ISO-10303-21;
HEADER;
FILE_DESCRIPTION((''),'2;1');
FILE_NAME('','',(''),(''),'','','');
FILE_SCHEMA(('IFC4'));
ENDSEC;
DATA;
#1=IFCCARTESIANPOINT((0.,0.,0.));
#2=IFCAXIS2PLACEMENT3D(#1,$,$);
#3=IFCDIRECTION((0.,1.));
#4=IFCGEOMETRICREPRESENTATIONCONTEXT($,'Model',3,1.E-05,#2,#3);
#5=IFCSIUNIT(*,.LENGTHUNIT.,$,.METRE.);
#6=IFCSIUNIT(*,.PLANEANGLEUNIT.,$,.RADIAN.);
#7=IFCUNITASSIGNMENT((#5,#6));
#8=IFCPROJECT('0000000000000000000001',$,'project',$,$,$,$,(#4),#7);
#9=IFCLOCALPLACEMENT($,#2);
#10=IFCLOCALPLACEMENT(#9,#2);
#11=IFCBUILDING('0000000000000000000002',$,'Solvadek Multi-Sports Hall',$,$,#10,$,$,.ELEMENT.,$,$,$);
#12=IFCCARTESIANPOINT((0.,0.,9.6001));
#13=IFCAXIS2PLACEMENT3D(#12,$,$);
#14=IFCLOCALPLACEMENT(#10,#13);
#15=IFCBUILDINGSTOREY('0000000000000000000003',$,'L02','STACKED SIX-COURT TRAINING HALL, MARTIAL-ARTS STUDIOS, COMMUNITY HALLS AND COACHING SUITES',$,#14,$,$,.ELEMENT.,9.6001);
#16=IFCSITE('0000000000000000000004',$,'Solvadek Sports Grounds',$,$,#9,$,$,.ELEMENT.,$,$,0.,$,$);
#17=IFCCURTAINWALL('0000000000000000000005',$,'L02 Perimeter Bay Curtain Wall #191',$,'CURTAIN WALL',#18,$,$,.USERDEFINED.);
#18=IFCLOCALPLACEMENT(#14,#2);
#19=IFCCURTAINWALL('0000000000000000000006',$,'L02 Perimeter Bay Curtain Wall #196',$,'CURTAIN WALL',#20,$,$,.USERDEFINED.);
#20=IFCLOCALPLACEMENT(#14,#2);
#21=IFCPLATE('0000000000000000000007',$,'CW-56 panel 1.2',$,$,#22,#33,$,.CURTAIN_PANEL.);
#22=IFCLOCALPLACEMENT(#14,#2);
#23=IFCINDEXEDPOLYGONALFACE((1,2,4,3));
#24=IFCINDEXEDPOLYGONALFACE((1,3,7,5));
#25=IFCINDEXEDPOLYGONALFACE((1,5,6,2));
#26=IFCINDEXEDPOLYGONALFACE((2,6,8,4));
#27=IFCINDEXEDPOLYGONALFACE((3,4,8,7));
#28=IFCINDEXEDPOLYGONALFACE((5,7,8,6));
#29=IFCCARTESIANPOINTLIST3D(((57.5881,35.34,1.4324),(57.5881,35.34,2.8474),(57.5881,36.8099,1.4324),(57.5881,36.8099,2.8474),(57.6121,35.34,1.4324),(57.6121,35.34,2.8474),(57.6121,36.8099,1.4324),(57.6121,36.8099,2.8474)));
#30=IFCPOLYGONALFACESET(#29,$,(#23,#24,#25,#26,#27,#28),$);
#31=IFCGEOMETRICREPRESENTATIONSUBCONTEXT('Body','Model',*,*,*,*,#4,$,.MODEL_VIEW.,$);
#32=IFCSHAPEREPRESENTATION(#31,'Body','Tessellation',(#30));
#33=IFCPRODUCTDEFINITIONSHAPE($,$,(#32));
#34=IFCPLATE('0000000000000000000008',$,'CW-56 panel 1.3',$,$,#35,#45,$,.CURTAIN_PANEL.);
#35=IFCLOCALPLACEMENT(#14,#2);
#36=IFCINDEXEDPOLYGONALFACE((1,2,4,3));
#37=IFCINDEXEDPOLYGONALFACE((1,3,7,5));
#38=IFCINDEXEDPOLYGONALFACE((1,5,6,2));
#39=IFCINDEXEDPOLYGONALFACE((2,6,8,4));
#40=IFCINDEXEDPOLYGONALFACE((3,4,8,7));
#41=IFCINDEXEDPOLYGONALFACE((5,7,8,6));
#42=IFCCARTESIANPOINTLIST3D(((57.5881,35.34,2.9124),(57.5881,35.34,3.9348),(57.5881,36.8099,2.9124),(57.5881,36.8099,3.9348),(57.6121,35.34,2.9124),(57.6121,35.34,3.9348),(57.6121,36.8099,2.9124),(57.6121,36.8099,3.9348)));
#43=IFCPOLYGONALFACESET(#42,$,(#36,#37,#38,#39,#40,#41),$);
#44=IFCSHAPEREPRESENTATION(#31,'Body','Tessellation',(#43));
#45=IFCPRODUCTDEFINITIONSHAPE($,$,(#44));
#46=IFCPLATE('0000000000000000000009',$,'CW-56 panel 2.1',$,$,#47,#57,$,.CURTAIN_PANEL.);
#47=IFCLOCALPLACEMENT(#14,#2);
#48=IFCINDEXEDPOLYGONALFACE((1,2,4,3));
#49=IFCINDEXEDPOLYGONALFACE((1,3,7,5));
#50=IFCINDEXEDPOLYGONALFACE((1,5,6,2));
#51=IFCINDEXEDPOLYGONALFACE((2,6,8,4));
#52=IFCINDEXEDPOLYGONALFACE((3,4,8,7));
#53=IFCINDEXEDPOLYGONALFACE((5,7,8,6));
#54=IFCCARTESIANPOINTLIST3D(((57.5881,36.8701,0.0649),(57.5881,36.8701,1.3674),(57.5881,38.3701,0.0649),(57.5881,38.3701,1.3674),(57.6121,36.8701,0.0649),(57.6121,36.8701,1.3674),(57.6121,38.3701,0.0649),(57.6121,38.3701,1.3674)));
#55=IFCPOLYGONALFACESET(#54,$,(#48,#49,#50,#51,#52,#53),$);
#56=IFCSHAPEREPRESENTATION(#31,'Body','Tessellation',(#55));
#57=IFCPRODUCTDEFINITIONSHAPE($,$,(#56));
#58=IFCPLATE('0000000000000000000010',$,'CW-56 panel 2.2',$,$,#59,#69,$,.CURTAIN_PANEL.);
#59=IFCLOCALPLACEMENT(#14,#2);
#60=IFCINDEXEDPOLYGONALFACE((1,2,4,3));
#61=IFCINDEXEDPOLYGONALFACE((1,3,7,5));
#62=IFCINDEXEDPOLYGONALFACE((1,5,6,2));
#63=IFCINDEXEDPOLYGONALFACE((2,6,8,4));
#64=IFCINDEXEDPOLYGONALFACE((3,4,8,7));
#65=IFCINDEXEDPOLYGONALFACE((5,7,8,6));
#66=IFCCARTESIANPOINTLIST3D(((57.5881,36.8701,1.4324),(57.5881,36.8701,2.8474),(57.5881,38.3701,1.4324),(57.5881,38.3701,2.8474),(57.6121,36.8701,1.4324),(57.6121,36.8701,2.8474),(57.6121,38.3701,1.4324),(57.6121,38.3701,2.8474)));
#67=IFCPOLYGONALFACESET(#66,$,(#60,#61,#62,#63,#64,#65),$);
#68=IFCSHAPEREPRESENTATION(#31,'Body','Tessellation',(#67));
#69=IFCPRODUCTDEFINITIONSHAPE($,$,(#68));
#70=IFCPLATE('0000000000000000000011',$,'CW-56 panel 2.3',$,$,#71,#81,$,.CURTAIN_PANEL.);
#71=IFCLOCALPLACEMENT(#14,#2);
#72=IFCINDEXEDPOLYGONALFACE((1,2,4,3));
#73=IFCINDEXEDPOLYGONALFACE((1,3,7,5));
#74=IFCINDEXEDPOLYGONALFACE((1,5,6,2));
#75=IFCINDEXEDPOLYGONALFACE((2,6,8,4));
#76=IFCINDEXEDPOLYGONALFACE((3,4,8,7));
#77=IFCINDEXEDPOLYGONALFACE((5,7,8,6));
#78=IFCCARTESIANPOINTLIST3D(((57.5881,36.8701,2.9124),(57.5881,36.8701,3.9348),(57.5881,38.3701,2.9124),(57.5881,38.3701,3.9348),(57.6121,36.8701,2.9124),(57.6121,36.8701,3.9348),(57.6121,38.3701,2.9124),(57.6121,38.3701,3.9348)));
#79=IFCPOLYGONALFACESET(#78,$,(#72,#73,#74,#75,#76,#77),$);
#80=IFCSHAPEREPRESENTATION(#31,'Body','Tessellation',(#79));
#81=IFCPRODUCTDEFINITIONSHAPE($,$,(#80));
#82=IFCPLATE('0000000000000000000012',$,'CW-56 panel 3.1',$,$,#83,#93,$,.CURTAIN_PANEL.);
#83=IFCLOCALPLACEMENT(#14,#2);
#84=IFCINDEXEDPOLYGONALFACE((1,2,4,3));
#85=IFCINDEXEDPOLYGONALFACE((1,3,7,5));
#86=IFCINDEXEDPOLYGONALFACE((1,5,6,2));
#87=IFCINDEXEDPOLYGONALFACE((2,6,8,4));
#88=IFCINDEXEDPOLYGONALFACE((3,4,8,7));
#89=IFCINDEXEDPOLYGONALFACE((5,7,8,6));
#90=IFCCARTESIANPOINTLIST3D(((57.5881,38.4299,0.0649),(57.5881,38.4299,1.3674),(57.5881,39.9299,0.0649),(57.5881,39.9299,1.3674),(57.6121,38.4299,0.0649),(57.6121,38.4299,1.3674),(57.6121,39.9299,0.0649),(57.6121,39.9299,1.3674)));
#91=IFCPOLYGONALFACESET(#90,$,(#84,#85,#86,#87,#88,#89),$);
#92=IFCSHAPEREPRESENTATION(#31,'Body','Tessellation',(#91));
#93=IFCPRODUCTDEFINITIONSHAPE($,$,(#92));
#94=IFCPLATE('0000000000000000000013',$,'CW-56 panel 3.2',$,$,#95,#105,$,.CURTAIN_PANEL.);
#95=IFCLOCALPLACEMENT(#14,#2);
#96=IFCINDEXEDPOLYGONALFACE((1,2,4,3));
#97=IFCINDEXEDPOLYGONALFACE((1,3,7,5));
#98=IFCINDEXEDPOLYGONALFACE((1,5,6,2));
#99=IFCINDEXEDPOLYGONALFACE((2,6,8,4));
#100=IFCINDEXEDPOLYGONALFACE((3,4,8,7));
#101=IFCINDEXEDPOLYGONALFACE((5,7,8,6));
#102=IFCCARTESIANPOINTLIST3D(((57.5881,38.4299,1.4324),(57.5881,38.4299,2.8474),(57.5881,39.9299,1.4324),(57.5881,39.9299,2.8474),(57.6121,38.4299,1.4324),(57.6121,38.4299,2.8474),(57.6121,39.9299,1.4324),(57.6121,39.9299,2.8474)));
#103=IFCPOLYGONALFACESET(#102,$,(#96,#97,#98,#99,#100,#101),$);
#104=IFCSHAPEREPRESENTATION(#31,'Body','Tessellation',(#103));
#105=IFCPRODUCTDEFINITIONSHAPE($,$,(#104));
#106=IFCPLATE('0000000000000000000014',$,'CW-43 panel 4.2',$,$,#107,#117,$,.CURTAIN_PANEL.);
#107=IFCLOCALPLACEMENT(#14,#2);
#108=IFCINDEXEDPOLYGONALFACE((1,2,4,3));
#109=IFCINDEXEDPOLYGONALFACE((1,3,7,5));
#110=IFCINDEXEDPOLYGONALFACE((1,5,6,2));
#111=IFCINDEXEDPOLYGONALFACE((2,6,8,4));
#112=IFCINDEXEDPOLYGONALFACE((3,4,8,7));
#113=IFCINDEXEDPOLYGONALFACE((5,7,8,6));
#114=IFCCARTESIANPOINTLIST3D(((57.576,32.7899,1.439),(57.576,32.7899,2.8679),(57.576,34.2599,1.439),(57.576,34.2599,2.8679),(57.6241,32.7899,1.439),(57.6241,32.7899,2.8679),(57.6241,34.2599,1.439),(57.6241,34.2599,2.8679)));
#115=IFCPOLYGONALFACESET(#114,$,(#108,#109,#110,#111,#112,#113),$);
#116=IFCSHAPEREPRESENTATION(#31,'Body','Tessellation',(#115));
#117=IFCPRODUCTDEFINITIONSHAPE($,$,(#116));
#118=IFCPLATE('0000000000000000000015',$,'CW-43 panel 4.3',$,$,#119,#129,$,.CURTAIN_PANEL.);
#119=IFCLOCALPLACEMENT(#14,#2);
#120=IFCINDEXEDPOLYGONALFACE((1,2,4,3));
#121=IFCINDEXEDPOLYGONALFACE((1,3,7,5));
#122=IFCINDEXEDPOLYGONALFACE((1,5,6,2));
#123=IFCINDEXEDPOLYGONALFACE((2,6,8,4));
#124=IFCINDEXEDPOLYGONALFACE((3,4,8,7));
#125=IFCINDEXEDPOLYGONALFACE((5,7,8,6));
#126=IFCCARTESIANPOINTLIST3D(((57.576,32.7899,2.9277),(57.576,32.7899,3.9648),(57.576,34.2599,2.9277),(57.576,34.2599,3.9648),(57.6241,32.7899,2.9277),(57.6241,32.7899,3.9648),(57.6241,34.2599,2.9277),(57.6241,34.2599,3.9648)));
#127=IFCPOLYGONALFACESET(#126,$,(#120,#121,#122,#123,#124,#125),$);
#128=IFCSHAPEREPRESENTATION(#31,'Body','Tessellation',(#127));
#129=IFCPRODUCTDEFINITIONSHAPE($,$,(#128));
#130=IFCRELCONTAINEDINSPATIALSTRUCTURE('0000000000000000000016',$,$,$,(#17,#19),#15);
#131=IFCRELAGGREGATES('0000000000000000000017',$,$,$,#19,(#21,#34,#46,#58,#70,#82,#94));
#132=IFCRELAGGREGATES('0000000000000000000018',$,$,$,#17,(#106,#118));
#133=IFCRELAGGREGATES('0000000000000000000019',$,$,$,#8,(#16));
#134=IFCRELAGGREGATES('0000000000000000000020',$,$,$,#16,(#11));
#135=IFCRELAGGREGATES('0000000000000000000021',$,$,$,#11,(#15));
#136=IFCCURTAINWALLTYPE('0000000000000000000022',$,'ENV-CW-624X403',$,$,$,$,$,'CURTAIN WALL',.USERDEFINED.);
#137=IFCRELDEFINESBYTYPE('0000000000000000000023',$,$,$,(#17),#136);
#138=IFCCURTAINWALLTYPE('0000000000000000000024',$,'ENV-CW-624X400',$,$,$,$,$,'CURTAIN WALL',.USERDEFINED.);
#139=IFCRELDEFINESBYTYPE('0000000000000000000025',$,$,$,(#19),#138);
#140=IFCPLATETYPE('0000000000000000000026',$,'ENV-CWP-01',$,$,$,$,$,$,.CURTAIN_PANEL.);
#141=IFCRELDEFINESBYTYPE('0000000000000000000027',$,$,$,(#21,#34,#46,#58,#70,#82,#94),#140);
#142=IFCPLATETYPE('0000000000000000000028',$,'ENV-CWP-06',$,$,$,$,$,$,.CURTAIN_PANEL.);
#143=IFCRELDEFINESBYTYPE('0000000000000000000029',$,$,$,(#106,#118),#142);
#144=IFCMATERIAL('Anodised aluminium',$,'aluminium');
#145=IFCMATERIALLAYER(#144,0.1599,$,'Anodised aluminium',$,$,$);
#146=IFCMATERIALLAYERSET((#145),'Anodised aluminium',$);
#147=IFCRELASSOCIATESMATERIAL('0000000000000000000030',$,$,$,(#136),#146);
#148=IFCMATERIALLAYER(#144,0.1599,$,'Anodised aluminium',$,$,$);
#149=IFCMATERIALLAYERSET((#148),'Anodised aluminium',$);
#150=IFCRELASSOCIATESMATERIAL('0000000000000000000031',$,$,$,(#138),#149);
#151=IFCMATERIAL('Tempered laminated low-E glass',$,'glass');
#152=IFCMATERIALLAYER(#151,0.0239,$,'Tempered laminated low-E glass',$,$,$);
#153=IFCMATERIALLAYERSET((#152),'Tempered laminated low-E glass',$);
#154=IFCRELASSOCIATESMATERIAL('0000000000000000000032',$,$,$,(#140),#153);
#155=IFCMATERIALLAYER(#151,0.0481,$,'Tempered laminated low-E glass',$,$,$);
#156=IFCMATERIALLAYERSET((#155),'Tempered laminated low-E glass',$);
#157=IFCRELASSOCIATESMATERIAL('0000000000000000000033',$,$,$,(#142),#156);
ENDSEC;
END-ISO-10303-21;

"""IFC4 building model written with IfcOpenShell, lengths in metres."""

from ifc_helpers import new_model, si_unit, direction, frame, origin, origin_2d, place, context, subcontext, project, spatial, rectangle, extrude, material, layer, layer_set, type_object, element, aggregate, save


model = new_model("IFC4")

# Units and contexts
model_context = context("Model", 3, precision=1e-05, world=origin(), true_north=direction((0.0, 1.0)))
body_context = subcontext(model_context, "Body", "Model", "MODEL_VIEW")
ifc_project = project(units=[si_unit("LENGTHUNIT", "METRE"), si_unit("PLANEANGLEUNIT", "RADIAN")], contexts=[model_context])

# Site, building, storey
site_placement = place(None, origin())
site = spatial("IfcSite", under=ifc_project, at=site_placement, Name="Solvadek Sports Grounds", CompositionType="ELEMENT", RefElevation=0.0)
building_placement = place(site_placement, origin())
building = spatial("IfcBuilding", under=site, at=building_placement, Name="Solvadek Multi-Sports Hall", CompositionType="ELEMENT")
storey_placement = place(building_placement, frame((0.0, 0.0, 9.6001)))
storey = spatial("IfcBuildingStorey", under=building, at=storey_placement, Name="L02", Description="STACKED SIX-COURT TRAINING HALL, MARTIAL-ARTS STUDIOS, COMMUNITY HALLS AND COACHING SUITES", CompositionType="ELEMENT", Elevation=9.6001)

# Curtain wall
ifc_material_1 = material(Name="Anodised aluminium", Category="aluminium")
ifc_layer_1 = layer(ifc_material_1, 0.1599, Name="Anodised aluminium")
ifc_layer_set_1 = layer_set([ifc_layer_1], Name="Anodised aluminium")
curtain_wall_type_1 = type_object("IfcCurtainWallType", Name="ENV-CW-624X403", ElementType="CURTAIN WALL", PredefinedType="USERDEFINED", material=ifc_layer_set_1)
curtain_wall_1_placement = place(storey_placement, origin())
curtain_wall_1 = element("IfcCurtainWall", 1, at=curtain_wall_1_placement, inside=storey, type_object=curtain_wall_type_1, Name="L02 Perimeter Bay Curtain Wall #191", ObjectType="CURTAIN WALL", PredefinedType="USERDEFINED")

# Curtain wall
ifc_layer_2 = layer(ifc_material_1, 0.1599, Name="Anodised aluminium")
ifc_layer_set_2 = layer_set([ifc_layer_2], Name="Anodised aluminium")
curtain_wall_type_2 = type_object("IfcCurtainWallType", Name="ENV-CW-624X400", ElementType="CURTAIN WALL", PredefinedType="USERDEFINED", material=ifc_layer_set_2)
curtain_wall_2_placement = place(storey_placement, origin())
curtain_wall_2 = element("IfcCurtainWall", 2, at=curtain_wall_2_placement, inside=storey, type_object=curtain_wall_type_2, Name="L02 Perimeter Bay Curtain Wall #196", ObjectType="CURTAIN WALL", PredefinedType="USERDEFINED")

# Plates
ifc_material_2 = material(Name="Tempered laminated low-E glass", Category="glass")
ifc_layer_3 = layer(ifc_material_2, 0.0239, Name="Tempered laminated low-E glass")
ifc_layer_set_3 = layer_set([ifc_layer_3], Name="Tempered laminated low-E glass")
plate_type_1 = type_object("IfcPlateType", Name="ENV-CWP-01", PredefinedType="CURTAIN_PANEL", material=ifc_layer_set_3)
plate_1_placement = place(storey_placement, frame((57.6001, 36.075, 1.4324), z_axis=(0.0, 0.0, 1.0), x_axis=(0.0, 1.0, 0.0)))
plate_1 = element("IfcPlate", 3, at=plate_1_placement, type_object=plate_type_1, Name="CW-56 panel 1.2", PredefinedType="CURTAIN_PANEL", context=body_context, shape_type="SweptSolid", body=[
    extrude(rectangle(XDim=1.47, YDim=0.0239, at=origin_2d()), origin(), (0.0, 0.0, 1.0), 1.415),
])
plate_2_placement = place(storey_placement, frame((57.6001, 36.075, 2.9124), z_axis=(0.0, 0.0, 1.0), x_axis=(0.0, 1.0, 0.0)))
plate_2 = element("IfcPlate", 4, at=plate_2_placement, type_object=plate_type_1, Name="CW-56 panel 1.3", PredefinedType="CURTAIN_PANEL", context=body_context, shape_type="SweptSolid", body=[
    extrude(rectangle(XDim=1.47, YDim=0.0239, at=origin_2d()), origin(), (0.0, 0.0, 1.0), 1.0225),
])
plate_3_placement = place(storey_placement, frame((57.6001, 37.6201, 0.0649), z_axis=(0.0, 0.0, 1.0), x_axis=(0.0, 1.0, 0.0)))
plate_3 = element("IfcPlate", 5, at=plate_3_placement, type_object=plate_type_1, Name="CW-56 panel 2.1", PredefinedType="CURTAIN_PANEL", context=body_context, shape_type="SweptSolid", body=[
    extrude(rectangle(XDim=1.5, YDim=0.0239, at=origin_2d()), origin(), (0.0, 0.0, 1.0), 1.3025),
])
plate_4_placement = place(storey_placement, frame((57.6001, 37.6201, 1.4324), z_axis=(0.0, 0.0, 1.0), x_axis=(0.0, 1.0, 0.0)))
plate_4 = element("IfcPlate", 6, at=plate_4_placement, type_object=plate_type_1, Name="CW-56 panel 2.2", PredefinedType="CURTAIN_PANEL", context=body_context, shape_type="SweptSolid", body=[
    extrude(rectangle(XDim=1.5, YDim=0.0239, at=origin_2d()), origin(), (0.0, 0.0, 1.0), 1.415),
])
plate_5_placement = place(storey_placement, frame((57.6001, 37.6201, 2.9124), z_axis=(0.0, 0.0, 1.0), x_axis=(0.0, 1.0, 0.0)))
plate_5 = element("IfcPlate", 7, at=plate_5_placement, type_object=plate_type_1, Name="CW-56 panel 2.3", PredefinedType="CURTAIN_PANEL", context=body_context, shape_type="SweptSolid", body=[
    extrude(rectangle(XDim=1.5, YDim=0.0239, at=origin_2d()), origin(), (0.0, 0.0, 1.0), 1.0225),
])
plate_6_placement = place(storey_placement, frame((57.6001, 39.1799, 0.0649), z_axis=(0.0, 0.0, 1.0), x_axis=(0.0, 1.0, 0.0)))
plate_6 = element("IfcPlate", 8, at=plate_6_placement, type_object=plate_type_1, Name="CW-56 panel 3.1", PredefinedType="CURTAIN_PANEL", context=body_context, shape_type="SweptSolid", body=[
    extrude(rectangle(XDim=1.5, YDim=0.0239, at=origin_2d()), origin(), (0.0, 0.0, 1.0), 1.3025),
])
plate_7_placement = place(storey_placement, frame((57.6001, 39.1799, 1.4324), z_axis=(0.0, 0.0, 1.0), x_axis=(0.0, 1.0, 0.0)))
plate_7 = element("IfcPlate", 9, at=plate_7_placement, type_object=plate_type_1, Name="CW-56 panel 3.2", PredefinedType="CURTAIN_PANEL", context=body_context, shape_type="SweptSolid", body=[
    extrude(rectangle(XDim=1.5, YDim=0.0239, at=origin_2d()), origin(), (0.0, 0.0, 1.0), 1.415),
])
aggregate(curtain_wall_2, [plate_1, plate_2, plate_3, plate_4, plate_5, plate_6, plate_7])
ifc_layer_4 = layer(ifc_material_2, 0.0481, Name="Tempered laminated low-E glass")
ifc_layer_set_4 = layer_set([ifc_layer_4], Name="Tempered laminated low-E glass")
plate_type_2 = type_object("IfcPlateType", Name="ENV-CWP-06", PredefinedType="CURTAIN_PANEL", material=ifc_layer_set_4)
plate_8_placement = place(storey_placement, frame((57.6001, 33.5249, 1.439), z_axis=(0.0, 0.0, 1.0), x_axis=(0.0, 1.0, 0.0)))
plate_8 = element("IfcPlate", 10, at=plate_8_placement, type_object=plate_type_2, Name="CW-43 panel 4.2", PredefinedType="CURTAIN_PANEL", context=body_context, shape_type="SweptSolid", body=[
    extrude(rectangle(XDim=1.47, YDim=0.0481, at=origin_2d()), origin(), (0.0, 0.0, 1.0), 1.429),
])
plate_9_placement = place(storey_placement, frame((57.6001, 33.5249, 2.9277), z_axis=(0.0, 0.0, 1.0), x_axis=(0.0, 1.0, 0.0)))
plate_9 = element("IfcPlate", 11, at=plate_9_placement, type_object=plate_type_2, Name="CW-43 panel 4.3", PredefinedType="CURTAIN_PANEL", context=body_context, shape_type="SweptSolid", body=[
    extrude(rectangle(XDim=1.47, YDim=0.0481, at=origin_2d()), origin(), (0.0, 0.0, 1.0), 1.0371),
])
aggregate(curtain_wall_1, [plate_8, plate_9])

save(model, "model.ifc")
